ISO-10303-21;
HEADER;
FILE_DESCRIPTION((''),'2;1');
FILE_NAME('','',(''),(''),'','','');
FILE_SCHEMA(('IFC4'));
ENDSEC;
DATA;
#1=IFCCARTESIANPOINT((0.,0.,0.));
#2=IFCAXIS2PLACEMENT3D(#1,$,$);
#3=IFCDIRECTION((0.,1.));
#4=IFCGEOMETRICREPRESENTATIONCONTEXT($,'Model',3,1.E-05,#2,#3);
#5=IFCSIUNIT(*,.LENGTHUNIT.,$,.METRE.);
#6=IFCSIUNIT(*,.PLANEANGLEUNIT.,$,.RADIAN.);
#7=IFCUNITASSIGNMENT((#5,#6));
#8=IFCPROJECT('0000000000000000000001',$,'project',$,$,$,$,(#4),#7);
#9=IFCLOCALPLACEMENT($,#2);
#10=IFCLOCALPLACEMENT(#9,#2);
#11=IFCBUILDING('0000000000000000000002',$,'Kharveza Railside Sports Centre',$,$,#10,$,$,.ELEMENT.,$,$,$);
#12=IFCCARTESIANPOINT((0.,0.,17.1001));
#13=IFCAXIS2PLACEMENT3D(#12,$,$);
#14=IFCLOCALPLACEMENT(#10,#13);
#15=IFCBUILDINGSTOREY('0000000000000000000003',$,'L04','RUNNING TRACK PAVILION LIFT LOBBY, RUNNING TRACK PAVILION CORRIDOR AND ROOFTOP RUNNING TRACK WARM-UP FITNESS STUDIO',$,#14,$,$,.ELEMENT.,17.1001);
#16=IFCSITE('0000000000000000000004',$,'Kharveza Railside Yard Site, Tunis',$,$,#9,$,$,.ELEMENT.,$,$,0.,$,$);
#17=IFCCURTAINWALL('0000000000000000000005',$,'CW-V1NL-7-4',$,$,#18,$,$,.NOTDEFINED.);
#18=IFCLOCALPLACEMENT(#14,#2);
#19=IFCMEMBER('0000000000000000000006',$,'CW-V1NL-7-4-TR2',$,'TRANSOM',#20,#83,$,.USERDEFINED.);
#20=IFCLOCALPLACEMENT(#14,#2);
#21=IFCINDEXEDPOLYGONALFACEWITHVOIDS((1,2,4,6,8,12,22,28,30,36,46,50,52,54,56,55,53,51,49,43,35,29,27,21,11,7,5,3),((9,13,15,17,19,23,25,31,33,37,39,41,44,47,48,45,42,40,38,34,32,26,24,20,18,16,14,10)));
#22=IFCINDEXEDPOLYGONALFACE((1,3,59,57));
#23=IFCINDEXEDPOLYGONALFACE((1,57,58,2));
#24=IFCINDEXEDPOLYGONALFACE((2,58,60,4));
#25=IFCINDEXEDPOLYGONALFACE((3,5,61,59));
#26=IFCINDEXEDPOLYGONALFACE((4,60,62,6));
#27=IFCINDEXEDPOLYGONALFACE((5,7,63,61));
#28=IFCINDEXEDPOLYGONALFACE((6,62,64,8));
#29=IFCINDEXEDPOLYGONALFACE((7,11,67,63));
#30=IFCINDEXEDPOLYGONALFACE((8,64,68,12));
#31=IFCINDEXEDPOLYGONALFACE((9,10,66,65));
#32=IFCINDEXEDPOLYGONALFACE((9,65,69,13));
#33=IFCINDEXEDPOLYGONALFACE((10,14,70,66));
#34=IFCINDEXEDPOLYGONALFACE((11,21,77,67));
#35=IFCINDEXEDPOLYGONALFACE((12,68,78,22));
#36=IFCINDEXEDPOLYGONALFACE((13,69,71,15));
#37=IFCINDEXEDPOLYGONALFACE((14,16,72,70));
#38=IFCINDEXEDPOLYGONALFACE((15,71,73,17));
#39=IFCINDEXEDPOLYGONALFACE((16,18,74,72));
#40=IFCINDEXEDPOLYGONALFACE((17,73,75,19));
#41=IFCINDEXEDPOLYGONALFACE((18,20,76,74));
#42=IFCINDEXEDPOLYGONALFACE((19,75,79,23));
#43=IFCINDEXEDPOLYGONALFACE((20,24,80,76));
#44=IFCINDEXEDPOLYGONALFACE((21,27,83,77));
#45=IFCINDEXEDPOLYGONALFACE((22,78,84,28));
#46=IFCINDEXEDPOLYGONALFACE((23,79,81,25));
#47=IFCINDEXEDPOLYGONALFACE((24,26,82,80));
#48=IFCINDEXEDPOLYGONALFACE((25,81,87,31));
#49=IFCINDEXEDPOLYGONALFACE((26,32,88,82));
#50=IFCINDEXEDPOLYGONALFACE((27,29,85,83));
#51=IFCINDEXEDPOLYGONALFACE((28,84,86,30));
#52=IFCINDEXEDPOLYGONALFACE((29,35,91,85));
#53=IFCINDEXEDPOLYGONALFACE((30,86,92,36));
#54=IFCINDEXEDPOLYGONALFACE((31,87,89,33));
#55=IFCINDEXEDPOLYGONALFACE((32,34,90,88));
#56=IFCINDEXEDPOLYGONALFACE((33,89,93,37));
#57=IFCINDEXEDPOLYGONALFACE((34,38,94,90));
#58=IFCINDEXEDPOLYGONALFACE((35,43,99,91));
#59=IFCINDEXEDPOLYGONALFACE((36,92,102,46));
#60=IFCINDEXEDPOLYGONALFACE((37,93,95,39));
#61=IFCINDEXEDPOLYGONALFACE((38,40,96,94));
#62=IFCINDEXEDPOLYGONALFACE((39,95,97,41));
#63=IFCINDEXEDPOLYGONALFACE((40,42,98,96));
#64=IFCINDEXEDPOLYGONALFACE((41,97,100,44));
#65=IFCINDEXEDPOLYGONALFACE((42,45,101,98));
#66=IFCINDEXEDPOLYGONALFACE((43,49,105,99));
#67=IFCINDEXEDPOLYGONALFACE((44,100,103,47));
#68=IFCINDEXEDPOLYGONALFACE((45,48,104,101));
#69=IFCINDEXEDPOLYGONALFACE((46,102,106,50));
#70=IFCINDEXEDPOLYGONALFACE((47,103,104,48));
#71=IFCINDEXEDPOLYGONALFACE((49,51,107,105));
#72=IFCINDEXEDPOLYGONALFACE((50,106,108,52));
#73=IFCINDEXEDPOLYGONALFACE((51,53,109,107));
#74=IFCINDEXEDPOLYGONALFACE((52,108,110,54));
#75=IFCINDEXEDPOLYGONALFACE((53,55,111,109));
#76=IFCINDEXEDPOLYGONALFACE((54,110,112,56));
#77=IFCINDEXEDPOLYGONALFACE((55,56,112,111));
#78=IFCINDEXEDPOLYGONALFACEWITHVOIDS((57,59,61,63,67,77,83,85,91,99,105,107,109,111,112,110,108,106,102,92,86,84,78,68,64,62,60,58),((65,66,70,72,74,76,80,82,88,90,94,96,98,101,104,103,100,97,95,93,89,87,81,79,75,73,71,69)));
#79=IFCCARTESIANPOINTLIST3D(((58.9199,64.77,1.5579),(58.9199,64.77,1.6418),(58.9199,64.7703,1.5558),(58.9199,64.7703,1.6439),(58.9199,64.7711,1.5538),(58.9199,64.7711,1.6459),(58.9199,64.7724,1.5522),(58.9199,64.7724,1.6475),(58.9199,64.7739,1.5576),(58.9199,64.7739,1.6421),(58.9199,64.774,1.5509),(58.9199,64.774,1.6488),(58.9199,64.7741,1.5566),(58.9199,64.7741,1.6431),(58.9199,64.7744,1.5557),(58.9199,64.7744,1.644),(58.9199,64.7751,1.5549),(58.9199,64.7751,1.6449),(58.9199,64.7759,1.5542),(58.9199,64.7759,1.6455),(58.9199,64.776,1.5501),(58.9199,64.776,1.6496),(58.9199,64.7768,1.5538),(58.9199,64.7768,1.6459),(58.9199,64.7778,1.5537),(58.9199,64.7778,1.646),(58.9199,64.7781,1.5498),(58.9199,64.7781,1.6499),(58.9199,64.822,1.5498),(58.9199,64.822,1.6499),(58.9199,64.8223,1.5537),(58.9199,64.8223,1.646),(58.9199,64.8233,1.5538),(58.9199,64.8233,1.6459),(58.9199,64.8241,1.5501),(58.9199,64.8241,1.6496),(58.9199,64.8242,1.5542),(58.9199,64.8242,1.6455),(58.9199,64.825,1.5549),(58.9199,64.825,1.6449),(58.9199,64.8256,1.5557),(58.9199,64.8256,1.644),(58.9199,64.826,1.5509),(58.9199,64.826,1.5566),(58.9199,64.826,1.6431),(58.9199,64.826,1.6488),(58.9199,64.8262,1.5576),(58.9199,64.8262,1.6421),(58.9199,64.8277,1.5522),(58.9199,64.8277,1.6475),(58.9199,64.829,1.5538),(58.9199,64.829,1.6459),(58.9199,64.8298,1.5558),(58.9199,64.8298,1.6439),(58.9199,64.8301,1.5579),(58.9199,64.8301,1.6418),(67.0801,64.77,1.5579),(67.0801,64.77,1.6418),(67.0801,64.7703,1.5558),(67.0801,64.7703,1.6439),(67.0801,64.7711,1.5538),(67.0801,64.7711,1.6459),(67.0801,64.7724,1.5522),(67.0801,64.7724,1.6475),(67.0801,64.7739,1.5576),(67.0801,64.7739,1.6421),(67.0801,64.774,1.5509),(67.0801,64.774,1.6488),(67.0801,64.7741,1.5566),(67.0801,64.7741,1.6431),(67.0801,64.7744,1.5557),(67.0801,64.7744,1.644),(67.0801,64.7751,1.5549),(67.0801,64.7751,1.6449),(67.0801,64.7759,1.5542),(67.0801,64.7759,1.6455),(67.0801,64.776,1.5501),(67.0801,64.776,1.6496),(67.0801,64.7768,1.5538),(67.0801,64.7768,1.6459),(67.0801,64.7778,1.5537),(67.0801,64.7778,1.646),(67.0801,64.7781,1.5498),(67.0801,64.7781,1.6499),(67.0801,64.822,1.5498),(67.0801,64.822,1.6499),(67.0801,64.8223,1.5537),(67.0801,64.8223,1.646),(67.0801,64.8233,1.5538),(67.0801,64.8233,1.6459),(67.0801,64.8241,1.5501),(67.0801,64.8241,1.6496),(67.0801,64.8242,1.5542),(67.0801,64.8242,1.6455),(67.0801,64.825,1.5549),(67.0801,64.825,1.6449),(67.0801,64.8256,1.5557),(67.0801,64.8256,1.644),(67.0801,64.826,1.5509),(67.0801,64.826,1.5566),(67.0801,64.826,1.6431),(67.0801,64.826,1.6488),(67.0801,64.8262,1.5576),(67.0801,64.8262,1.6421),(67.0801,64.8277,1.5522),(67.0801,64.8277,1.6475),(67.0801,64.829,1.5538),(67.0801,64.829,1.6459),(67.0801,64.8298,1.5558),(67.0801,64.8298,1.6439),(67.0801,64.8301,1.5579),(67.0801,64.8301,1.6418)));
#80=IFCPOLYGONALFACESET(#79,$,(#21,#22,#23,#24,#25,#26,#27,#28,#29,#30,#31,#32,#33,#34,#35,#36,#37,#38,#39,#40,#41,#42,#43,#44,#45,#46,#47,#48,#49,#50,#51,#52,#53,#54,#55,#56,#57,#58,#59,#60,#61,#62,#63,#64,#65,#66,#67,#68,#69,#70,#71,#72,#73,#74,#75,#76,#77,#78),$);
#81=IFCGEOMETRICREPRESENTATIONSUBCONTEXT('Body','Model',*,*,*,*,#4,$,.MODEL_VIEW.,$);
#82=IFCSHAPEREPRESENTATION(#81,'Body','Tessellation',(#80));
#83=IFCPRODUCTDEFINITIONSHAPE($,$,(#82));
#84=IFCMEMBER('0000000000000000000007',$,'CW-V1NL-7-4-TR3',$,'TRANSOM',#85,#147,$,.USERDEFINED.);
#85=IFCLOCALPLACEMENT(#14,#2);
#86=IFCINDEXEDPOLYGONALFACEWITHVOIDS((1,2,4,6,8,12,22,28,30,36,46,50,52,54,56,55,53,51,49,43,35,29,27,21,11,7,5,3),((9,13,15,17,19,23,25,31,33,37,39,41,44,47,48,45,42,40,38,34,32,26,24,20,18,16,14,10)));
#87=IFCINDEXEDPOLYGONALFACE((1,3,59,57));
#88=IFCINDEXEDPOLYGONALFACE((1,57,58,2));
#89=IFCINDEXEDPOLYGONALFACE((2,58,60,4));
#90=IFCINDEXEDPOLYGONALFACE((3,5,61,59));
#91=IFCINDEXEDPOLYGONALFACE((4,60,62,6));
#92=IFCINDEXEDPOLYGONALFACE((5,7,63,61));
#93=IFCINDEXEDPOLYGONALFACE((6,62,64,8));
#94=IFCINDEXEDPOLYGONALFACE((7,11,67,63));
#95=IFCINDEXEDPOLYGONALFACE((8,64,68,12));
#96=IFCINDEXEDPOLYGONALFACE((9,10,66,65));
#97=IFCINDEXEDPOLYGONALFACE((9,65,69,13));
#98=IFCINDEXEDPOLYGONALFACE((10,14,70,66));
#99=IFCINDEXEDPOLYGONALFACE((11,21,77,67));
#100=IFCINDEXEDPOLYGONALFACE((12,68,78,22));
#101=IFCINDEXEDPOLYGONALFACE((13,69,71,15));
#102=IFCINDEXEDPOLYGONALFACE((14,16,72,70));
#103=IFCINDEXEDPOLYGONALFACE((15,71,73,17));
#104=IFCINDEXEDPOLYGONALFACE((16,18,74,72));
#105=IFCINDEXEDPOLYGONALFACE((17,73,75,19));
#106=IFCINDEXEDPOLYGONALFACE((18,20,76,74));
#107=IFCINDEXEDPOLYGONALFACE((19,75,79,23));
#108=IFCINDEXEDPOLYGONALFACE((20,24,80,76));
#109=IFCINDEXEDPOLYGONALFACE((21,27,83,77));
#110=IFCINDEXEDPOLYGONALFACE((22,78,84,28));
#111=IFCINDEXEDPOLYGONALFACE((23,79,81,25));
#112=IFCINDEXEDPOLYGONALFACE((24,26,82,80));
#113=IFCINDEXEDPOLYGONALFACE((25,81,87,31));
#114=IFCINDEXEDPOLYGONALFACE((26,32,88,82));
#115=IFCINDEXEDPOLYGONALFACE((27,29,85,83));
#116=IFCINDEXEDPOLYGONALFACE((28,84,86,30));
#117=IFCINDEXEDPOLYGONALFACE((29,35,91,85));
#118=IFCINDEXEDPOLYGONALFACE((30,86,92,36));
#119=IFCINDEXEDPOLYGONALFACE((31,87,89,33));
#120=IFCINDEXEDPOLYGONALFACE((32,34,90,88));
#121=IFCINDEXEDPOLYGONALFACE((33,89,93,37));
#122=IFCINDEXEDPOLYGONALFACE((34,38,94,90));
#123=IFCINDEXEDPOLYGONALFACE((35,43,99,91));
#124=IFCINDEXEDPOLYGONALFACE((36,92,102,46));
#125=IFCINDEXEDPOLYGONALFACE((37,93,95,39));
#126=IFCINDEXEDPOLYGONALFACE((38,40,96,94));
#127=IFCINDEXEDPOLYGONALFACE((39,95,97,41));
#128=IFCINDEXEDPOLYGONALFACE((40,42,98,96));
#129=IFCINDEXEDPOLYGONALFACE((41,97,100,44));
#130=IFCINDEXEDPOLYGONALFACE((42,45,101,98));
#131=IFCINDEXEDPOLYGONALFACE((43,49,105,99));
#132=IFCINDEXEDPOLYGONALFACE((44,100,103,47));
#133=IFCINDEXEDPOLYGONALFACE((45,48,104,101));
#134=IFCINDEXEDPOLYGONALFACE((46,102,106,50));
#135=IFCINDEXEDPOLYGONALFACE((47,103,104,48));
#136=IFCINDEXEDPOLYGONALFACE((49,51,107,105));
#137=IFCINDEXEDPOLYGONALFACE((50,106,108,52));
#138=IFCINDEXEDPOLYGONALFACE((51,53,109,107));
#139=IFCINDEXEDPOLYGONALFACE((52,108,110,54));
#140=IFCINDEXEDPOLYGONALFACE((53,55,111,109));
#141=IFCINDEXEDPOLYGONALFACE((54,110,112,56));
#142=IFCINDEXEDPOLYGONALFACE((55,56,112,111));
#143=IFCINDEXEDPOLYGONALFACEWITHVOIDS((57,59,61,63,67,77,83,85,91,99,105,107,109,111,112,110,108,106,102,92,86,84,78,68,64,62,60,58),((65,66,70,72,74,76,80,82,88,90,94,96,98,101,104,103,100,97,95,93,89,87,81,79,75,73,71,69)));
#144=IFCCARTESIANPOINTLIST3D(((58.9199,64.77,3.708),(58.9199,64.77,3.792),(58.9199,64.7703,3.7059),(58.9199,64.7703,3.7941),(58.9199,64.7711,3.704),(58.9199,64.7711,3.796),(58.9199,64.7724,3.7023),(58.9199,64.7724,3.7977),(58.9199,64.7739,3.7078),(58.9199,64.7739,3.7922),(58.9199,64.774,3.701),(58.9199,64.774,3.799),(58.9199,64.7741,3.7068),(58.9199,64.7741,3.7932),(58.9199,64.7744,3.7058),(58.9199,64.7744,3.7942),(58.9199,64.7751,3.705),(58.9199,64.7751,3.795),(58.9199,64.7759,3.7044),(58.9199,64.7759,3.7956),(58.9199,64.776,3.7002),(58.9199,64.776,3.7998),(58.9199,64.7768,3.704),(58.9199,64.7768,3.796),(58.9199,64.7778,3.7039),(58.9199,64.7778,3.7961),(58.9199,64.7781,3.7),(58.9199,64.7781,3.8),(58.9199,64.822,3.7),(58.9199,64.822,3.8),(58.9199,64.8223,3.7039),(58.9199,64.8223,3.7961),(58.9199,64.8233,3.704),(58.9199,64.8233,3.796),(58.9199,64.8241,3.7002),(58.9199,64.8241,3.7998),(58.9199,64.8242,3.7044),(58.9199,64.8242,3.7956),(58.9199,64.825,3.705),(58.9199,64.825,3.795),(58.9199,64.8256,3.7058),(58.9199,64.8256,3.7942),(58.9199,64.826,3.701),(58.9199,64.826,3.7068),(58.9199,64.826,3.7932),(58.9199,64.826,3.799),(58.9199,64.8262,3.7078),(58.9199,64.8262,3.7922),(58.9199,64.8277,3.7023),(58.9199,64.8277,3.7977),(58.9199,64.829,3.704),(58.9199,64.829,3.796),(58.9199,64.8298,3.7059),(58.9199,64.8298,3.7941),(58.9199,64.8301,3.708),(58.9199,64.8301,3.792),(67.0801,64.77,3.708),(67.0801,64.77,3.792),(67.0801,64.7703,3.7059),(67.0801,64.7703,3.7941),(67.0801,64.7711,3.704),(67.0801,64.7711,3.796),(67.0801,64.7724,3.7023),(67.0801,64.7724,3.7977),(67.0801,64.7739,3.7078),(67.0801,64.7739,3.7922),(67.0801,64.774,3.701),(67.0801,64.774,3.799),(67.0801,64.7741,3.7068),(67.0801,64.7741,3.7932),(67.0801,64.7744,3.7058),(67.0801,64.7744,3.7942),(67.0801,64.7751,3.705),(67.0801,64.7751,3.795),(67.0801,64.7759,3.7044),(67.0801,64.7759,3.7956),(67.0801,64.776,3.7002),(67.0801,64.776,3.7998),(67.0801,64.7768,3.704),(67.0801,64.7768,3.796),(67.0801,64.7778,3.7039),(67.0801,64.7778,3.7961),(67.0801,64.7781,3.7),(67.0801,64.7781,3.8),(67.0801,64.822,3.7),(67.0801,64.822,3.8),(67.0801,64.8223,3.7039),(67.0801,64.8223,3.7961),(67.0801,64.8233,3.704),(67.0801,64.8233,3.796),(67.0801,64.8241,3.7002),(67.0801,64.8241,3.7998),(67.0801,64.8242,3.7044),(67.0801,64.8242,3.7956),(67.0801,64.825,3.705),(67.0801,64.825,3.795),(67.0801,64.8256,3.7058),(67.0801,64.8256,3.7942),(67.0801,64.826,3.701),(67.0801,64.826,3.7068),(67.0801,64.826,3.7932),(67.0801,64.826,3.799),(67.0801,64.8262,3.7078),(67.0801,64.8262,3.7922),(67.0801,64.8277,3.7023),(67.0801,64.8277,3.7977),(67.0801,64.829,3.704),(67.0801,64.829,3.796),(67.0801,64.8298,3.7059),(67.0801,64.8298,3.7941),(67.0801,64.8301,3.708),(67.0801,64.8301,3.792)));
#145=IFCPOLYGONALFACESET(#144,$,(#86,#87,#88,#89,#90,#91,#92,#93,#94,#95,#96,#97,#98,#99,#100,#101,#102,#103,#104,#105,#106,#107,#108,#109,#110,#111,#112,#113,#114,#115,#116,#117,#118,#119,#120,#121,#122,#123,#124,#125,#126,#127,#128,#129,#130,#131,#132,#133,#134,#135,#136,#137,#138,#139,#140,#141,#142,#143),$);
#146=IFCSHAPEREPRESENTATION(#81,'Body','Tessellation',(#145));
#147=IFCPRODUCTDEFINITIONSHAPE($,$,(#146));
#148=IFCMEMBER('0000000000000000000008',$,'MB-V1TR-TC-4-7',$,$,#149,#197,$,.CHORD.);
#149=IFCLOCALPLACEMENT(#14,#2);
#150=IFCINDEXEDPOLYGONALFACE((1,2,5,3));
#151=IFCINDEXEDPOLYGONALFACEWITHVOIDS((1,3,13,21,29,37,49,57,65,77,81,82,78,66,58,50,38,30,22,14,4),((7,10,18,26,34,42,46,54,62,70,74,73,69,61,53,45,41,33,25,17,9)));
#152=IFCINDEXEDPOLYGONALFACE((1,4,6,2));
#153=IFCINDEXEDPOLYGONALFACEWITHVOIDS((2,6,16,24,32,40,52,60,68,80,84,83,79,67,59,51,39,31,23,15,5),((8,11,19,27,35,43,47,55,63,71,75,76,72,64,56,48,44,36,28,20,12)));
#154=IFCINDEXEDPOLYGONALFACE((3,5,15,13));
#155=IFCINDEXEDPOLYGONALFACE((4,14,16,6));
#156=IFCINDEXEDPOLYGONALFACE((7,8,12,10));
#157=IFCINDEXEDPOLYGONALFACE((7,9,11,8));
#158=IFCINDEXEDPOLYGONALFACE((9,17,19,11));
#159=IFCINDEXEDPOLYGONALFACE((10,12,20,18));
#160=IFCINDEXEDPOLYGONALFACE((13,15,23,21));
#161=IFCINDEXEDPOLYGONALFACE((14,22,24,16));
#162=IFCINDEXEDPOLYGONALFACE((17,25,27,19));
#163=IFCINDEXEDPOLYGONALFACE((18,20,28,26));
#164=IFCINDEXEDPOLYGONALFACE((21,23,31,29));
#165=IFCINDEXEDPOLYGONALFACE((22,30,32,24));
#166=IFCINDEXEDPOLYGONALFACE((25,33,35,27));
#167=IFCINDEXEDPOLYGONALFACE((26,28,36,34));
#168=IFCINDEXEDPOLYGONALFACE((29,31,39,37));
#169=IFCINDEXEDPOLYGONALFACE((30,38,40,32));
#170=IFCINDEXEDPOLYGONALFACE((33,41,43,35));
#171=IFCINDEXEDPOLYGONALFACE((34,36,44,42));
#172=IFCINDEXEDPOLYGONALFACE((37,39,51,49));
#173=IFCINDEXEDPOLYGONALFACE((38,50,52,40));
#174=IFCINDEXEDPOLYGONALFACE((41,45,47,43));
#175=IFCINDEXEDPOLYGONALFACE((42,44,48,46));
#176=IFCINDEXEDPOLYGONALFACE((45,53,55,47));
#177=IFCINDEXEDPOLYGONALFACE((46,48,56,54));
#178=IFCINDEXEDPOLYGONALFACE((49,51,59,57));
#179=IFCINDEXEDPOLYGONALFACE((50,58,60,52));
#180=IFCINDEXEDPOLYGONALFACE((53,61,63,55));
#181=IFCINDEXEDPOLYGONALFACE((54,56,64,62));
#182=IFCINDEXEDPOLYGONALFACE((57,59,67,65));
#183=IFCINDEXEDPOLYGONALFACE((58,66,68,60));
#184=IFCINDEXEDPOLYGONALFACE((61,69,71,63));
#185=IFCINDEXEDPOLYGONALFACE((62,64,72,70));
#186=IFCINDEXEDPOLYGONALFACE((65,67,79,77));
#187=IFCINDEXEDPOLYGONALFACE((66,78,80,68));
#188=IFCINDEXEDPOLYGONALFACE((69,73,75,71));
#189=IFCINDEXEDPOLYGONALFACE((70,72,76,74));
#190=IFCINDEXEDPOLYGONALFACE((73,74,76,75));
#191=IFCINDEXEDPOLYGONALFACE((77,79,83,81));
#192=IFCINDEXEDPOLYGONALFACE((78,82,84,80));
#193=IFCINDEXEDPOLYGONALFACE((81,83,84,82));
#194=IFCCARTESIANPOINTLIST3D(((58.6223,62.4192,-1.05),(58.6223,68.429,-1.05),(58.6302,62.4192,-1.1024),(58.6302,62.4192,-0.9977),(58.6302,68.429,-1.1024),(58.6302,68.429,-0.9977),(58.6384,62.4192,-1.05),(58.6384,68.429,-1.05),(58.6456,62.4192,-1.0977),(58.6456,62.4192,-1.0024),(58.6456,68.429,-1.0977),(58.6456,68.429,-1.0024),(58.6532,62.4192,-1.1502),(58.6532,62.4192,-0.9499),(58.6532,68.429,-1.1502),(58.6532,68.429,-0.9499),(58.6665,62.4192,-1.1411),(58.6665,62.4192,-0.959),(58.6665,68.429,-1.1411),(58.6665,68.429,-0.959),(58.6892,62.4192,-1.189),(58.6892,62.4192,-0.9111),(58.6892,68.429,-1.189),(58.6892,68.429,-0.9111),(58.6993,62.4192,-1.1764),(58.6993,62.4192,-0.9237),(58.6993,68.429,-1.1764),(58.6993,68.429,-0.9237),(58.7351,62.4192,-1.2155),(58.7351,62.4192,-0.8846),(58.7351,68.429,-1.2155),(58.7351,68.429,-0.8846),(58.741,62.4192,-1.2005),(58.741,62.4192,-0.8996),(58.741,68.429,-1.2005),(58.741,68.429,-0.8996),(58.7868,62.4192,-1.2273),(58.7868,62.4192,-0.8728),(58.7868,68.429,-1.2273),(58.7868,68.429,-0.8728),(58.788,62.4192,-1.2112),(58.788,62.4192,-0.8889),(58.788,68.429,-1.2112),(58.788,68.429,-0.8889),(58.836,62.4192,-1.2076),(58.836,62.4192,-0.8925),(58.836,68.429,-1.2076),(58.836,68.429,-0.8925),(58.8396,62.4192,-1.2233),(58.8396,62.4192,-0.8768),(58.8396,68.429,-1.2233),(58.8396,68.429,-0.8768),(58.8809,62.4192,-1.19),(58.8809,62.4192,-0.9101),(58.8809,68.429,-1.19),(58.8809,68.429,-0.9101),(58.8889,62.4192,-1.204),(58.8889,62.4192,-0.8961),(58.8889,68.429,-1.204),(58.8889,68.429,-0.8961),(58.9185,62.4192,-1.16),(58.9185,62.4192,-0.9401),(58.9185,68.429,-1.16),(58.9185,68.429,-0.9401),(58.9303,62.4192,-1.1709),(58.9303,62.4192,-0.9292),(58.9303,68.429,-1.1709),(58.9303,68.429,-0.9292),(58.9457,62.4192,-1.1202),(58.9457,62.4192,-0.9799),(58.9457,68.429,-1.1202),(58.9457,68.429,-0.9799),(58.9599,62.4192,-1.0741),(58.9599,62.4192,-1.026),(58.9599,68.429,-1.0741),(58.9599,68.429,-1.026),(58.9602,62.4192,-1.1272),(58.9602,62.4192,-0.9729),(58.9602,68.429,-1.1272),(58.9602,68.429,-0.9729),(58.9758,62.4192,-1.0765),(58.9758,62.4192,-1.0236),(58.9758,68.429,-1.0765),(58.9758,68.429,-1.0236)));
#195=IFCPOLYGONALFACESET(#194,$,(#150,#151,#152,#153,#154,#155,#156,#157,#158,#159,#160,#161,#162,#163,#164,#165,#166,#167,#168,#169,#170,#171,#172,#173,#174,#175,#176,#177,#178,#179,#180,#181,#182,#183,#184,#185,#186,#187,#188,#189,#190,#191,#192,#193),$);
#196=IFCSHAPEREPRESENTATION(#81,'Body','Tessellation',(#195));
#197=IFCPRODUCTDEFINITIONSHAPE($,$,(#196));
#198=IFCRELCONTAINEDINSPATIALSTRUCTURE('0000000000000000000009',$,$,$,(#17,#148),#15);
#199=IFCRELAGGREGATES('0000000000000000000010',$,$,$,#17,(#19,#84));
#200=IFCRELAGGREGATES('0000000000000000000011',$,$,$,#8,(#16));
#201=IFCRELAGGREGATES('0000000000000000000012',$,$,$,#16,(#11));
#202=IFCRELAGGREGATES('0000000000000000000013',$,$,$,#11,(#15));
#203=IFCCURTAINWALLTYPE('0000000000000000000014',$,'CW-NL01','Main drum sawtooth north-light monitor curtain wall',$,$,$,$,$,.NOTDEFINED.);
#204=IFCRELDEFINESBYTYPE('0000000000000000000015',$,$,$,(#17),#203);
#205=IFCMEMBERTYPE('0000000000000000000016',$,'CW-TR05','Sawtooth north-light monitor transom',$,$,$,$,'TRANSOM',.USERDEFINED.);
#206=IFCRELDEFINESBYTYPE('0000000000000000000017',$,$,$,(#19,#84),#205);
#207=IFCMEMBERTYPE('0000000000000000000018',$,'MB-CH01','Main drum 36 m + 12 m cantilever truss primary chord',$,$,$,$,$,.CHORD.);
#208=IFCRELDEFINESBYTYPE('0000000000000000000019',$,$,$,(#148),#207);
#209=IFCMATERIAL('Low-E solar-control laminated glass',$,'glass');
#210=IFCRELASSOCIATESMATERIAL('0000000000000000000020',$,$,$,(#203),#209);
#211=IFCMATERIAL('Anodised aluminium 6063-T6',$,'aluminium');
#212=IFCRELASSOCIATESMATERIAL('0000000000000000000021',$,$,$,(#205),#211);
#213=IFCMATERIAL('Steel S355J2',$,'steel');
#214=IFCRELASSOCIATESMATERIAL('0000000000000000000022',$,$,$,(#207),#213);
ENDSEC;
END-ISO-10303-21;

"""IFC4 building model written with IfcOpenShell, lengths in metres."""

from ifc_helpers import new_model, si_unit, direction, frame, origin, origin_2d, place, context, subcontext, project, spatial, hollow_rectangle, hollow_circle, extrude, material, material_profile, profile_set, type_object, element, aggregate, save


model = new_model("IFC4")

# Units and contexts
model_context = context("Model", 3, precision=1e-05, world=origin(), true_north=direction((0.0, 1.0)))
body_context = subcontext(model_context, "Body", "Model", "MODEL_VIEW")
ifc_project = project(units=[si_unit("LENGTHUNIT", "METRE"), si_unit("PLANEANGLEUNIT", "RADIAN")], contexts=[model_context])

# Site, building, storey
site_placement = place(None, origin())
site = spatial("IfcSite", under=ifc_project, at=site_placement, Name="Kharveza Railside Yard Site, Tunis", CompositionType="ELEMENT", RefElevation=0.0)
building_placement = place(site_placement, origin())
building = spatial("IfcBuilding", under=site, at=building_placement, Name="Kharveza Railside Sports Centre", CompositionType="ELEMENT")
storey_placement = place(building_placement, frame((0.0, 0.0, 17.1001)))
storey = spatial("IfcBuildingStorey", under=building, at=storey_placement, Name="L04", Description="RUNNING TRACK PAVILION LIFT LOBBY, RUNNING TRACK PAVILION CORRIDOR AND ROOFTOP RUNNING TRACK WARM-UP FITNESS STUDIO", CompositionType="ELEMENT", Elevation=17.1001)

# Shared definitions
ifc_material_1 = material(Name="Low-E solar-control laminated glass", Category="glass")
curtain_wall_type = type_object("IfcCurtainWallType", Name="CW-NL01", Description="Main drum sawtooth north-light monitor curtain wall", PredefinedType="NOTDEFINED", material=ifc_material_1)
ifc_material_2 = material(Name="Anodised aluminium 6063-T6", Category="aluminium")

# Curtain wall
curtain_wall_1_placement = place(storey_placement, origin())
curtain_wall_1 = element("IfcCurtainWall", 1, at=curtain_wall_1_placement, inside=storey, type_object=curtain_wall_type, Name="CW-V1NL-7-4", PredefinedType="NOTDEFINED")

# Members
ifc_material_profile_1 = material_profile(ifc_material_2, hollow_rectangle(XDim=0.0601, YDim=0.1001, WallThickness=0.0039, InnerFilletRadius=0.0039, OuterFilletRadius=0.0081, at=origin_2d()), Name="RHS 60x100x4.0")
ifc_profile_set_1 = profile_set([ifc_material_profile_1], Name="Anodised aluminium 6063-T6")
member_type_1 = type_object("IfcMemberType", Name="CW-TR05", Description="Sawtooth north-light monitor transom", ElementType="TRANSOM", PredefinedType="USERDEFINED", material=ifc_profile_set_1)
member_1_placement = place(storey_placement, frame((58.9199, 64.8, 1.5999), z_axis=(1.0, 0.0, 0.0), x_axis=(0.0, 1.0, 0.0)))
member_1 = element("IfcMember", 2, at=member_1_placement, type_object=member_type_1, Name="CW-V1NL-7-4-TR2", ObjectType="TRANSOM", PredefinedType="USERDEFINED", context=body_context, shape_type="SweptSolid", body=[
    extrude(hollow_rectangle(XDim=0.0601, YDim=0.1001, WallThickness=0.0039, InnerFilletRadius=0.0039, OuterFilletRadius=0.0081, at=origin_2d()), origin(), (0.0, 0.0, 1.0), 8.1602),
])
member_2_placement = place(storey_placement, frame((58.9199, 64.8, 3.75), z_axis=(1.0, 0.0, 0.0), x_axis=(0.0, 1.0, 0.0)))
member_2 = element("IfcMember", 3, at=member_2_placement, type_object=member_type_1, Name="CW-V1NL-7-4-TR3", ObjectType="TRANSOM", PredefinedType="USERDEFINED", context=body_context, shape_type="SweptSolid", body=[
    extrude(hollow_rectangle(XDim=0.0601, YDim=0.1001, WallThickness=0.0039, InnerFilletRadius=0.0039, OuterFilletRadius=0.0081, at=origin_2d()), origin(), (0.0, 0.0, 1.0), 8.1602),
])

# Member
ifc_material_3 = material(Name="Steel S355J2", Category="steel")
ifc_material_profile_2 = material_profile(ifc_material_3, hollow_circle(Radius=0.1777, WallThickness=0.0161, at=origin_2d()), Name="CHS 355.6x16.0")
ifc_profile_set_2 = profile_set([ifc_material_profile_2], Name="Steel S355J2")
member_type_2 = type_object("IfcMemberType", Name="MB-CH01", Description="Main drum 36 m + 12 m cantilever truss primary chord", PredefinedType="CHORD", material=ifc_profile_set_2)
member_3_placement = place(storey_placement, frame((58.8, 62.4192, -1.05), z_axis=(0.0, 1.0, 0.0), x_axis=(-1.0, 0.0, 0.0)))
element("IfcMember", 4, at=member_3_placement, inside=storey, type_object=member_type_2, Name="MB-V1TR-TC-4-7", PredefinedType="CHORD", context=body_context, shape_type="SweptSolid", body=[
    extrude(hollow_circle(Radius=0.1777, WallThickness=0.0161, at=origin_2d()), origin(), (0.0, 0.0, 1.0), 6.0098),
])

aggregate(curtain_wall_1, [member_1, member_2])

save(model, "model.ifc")
